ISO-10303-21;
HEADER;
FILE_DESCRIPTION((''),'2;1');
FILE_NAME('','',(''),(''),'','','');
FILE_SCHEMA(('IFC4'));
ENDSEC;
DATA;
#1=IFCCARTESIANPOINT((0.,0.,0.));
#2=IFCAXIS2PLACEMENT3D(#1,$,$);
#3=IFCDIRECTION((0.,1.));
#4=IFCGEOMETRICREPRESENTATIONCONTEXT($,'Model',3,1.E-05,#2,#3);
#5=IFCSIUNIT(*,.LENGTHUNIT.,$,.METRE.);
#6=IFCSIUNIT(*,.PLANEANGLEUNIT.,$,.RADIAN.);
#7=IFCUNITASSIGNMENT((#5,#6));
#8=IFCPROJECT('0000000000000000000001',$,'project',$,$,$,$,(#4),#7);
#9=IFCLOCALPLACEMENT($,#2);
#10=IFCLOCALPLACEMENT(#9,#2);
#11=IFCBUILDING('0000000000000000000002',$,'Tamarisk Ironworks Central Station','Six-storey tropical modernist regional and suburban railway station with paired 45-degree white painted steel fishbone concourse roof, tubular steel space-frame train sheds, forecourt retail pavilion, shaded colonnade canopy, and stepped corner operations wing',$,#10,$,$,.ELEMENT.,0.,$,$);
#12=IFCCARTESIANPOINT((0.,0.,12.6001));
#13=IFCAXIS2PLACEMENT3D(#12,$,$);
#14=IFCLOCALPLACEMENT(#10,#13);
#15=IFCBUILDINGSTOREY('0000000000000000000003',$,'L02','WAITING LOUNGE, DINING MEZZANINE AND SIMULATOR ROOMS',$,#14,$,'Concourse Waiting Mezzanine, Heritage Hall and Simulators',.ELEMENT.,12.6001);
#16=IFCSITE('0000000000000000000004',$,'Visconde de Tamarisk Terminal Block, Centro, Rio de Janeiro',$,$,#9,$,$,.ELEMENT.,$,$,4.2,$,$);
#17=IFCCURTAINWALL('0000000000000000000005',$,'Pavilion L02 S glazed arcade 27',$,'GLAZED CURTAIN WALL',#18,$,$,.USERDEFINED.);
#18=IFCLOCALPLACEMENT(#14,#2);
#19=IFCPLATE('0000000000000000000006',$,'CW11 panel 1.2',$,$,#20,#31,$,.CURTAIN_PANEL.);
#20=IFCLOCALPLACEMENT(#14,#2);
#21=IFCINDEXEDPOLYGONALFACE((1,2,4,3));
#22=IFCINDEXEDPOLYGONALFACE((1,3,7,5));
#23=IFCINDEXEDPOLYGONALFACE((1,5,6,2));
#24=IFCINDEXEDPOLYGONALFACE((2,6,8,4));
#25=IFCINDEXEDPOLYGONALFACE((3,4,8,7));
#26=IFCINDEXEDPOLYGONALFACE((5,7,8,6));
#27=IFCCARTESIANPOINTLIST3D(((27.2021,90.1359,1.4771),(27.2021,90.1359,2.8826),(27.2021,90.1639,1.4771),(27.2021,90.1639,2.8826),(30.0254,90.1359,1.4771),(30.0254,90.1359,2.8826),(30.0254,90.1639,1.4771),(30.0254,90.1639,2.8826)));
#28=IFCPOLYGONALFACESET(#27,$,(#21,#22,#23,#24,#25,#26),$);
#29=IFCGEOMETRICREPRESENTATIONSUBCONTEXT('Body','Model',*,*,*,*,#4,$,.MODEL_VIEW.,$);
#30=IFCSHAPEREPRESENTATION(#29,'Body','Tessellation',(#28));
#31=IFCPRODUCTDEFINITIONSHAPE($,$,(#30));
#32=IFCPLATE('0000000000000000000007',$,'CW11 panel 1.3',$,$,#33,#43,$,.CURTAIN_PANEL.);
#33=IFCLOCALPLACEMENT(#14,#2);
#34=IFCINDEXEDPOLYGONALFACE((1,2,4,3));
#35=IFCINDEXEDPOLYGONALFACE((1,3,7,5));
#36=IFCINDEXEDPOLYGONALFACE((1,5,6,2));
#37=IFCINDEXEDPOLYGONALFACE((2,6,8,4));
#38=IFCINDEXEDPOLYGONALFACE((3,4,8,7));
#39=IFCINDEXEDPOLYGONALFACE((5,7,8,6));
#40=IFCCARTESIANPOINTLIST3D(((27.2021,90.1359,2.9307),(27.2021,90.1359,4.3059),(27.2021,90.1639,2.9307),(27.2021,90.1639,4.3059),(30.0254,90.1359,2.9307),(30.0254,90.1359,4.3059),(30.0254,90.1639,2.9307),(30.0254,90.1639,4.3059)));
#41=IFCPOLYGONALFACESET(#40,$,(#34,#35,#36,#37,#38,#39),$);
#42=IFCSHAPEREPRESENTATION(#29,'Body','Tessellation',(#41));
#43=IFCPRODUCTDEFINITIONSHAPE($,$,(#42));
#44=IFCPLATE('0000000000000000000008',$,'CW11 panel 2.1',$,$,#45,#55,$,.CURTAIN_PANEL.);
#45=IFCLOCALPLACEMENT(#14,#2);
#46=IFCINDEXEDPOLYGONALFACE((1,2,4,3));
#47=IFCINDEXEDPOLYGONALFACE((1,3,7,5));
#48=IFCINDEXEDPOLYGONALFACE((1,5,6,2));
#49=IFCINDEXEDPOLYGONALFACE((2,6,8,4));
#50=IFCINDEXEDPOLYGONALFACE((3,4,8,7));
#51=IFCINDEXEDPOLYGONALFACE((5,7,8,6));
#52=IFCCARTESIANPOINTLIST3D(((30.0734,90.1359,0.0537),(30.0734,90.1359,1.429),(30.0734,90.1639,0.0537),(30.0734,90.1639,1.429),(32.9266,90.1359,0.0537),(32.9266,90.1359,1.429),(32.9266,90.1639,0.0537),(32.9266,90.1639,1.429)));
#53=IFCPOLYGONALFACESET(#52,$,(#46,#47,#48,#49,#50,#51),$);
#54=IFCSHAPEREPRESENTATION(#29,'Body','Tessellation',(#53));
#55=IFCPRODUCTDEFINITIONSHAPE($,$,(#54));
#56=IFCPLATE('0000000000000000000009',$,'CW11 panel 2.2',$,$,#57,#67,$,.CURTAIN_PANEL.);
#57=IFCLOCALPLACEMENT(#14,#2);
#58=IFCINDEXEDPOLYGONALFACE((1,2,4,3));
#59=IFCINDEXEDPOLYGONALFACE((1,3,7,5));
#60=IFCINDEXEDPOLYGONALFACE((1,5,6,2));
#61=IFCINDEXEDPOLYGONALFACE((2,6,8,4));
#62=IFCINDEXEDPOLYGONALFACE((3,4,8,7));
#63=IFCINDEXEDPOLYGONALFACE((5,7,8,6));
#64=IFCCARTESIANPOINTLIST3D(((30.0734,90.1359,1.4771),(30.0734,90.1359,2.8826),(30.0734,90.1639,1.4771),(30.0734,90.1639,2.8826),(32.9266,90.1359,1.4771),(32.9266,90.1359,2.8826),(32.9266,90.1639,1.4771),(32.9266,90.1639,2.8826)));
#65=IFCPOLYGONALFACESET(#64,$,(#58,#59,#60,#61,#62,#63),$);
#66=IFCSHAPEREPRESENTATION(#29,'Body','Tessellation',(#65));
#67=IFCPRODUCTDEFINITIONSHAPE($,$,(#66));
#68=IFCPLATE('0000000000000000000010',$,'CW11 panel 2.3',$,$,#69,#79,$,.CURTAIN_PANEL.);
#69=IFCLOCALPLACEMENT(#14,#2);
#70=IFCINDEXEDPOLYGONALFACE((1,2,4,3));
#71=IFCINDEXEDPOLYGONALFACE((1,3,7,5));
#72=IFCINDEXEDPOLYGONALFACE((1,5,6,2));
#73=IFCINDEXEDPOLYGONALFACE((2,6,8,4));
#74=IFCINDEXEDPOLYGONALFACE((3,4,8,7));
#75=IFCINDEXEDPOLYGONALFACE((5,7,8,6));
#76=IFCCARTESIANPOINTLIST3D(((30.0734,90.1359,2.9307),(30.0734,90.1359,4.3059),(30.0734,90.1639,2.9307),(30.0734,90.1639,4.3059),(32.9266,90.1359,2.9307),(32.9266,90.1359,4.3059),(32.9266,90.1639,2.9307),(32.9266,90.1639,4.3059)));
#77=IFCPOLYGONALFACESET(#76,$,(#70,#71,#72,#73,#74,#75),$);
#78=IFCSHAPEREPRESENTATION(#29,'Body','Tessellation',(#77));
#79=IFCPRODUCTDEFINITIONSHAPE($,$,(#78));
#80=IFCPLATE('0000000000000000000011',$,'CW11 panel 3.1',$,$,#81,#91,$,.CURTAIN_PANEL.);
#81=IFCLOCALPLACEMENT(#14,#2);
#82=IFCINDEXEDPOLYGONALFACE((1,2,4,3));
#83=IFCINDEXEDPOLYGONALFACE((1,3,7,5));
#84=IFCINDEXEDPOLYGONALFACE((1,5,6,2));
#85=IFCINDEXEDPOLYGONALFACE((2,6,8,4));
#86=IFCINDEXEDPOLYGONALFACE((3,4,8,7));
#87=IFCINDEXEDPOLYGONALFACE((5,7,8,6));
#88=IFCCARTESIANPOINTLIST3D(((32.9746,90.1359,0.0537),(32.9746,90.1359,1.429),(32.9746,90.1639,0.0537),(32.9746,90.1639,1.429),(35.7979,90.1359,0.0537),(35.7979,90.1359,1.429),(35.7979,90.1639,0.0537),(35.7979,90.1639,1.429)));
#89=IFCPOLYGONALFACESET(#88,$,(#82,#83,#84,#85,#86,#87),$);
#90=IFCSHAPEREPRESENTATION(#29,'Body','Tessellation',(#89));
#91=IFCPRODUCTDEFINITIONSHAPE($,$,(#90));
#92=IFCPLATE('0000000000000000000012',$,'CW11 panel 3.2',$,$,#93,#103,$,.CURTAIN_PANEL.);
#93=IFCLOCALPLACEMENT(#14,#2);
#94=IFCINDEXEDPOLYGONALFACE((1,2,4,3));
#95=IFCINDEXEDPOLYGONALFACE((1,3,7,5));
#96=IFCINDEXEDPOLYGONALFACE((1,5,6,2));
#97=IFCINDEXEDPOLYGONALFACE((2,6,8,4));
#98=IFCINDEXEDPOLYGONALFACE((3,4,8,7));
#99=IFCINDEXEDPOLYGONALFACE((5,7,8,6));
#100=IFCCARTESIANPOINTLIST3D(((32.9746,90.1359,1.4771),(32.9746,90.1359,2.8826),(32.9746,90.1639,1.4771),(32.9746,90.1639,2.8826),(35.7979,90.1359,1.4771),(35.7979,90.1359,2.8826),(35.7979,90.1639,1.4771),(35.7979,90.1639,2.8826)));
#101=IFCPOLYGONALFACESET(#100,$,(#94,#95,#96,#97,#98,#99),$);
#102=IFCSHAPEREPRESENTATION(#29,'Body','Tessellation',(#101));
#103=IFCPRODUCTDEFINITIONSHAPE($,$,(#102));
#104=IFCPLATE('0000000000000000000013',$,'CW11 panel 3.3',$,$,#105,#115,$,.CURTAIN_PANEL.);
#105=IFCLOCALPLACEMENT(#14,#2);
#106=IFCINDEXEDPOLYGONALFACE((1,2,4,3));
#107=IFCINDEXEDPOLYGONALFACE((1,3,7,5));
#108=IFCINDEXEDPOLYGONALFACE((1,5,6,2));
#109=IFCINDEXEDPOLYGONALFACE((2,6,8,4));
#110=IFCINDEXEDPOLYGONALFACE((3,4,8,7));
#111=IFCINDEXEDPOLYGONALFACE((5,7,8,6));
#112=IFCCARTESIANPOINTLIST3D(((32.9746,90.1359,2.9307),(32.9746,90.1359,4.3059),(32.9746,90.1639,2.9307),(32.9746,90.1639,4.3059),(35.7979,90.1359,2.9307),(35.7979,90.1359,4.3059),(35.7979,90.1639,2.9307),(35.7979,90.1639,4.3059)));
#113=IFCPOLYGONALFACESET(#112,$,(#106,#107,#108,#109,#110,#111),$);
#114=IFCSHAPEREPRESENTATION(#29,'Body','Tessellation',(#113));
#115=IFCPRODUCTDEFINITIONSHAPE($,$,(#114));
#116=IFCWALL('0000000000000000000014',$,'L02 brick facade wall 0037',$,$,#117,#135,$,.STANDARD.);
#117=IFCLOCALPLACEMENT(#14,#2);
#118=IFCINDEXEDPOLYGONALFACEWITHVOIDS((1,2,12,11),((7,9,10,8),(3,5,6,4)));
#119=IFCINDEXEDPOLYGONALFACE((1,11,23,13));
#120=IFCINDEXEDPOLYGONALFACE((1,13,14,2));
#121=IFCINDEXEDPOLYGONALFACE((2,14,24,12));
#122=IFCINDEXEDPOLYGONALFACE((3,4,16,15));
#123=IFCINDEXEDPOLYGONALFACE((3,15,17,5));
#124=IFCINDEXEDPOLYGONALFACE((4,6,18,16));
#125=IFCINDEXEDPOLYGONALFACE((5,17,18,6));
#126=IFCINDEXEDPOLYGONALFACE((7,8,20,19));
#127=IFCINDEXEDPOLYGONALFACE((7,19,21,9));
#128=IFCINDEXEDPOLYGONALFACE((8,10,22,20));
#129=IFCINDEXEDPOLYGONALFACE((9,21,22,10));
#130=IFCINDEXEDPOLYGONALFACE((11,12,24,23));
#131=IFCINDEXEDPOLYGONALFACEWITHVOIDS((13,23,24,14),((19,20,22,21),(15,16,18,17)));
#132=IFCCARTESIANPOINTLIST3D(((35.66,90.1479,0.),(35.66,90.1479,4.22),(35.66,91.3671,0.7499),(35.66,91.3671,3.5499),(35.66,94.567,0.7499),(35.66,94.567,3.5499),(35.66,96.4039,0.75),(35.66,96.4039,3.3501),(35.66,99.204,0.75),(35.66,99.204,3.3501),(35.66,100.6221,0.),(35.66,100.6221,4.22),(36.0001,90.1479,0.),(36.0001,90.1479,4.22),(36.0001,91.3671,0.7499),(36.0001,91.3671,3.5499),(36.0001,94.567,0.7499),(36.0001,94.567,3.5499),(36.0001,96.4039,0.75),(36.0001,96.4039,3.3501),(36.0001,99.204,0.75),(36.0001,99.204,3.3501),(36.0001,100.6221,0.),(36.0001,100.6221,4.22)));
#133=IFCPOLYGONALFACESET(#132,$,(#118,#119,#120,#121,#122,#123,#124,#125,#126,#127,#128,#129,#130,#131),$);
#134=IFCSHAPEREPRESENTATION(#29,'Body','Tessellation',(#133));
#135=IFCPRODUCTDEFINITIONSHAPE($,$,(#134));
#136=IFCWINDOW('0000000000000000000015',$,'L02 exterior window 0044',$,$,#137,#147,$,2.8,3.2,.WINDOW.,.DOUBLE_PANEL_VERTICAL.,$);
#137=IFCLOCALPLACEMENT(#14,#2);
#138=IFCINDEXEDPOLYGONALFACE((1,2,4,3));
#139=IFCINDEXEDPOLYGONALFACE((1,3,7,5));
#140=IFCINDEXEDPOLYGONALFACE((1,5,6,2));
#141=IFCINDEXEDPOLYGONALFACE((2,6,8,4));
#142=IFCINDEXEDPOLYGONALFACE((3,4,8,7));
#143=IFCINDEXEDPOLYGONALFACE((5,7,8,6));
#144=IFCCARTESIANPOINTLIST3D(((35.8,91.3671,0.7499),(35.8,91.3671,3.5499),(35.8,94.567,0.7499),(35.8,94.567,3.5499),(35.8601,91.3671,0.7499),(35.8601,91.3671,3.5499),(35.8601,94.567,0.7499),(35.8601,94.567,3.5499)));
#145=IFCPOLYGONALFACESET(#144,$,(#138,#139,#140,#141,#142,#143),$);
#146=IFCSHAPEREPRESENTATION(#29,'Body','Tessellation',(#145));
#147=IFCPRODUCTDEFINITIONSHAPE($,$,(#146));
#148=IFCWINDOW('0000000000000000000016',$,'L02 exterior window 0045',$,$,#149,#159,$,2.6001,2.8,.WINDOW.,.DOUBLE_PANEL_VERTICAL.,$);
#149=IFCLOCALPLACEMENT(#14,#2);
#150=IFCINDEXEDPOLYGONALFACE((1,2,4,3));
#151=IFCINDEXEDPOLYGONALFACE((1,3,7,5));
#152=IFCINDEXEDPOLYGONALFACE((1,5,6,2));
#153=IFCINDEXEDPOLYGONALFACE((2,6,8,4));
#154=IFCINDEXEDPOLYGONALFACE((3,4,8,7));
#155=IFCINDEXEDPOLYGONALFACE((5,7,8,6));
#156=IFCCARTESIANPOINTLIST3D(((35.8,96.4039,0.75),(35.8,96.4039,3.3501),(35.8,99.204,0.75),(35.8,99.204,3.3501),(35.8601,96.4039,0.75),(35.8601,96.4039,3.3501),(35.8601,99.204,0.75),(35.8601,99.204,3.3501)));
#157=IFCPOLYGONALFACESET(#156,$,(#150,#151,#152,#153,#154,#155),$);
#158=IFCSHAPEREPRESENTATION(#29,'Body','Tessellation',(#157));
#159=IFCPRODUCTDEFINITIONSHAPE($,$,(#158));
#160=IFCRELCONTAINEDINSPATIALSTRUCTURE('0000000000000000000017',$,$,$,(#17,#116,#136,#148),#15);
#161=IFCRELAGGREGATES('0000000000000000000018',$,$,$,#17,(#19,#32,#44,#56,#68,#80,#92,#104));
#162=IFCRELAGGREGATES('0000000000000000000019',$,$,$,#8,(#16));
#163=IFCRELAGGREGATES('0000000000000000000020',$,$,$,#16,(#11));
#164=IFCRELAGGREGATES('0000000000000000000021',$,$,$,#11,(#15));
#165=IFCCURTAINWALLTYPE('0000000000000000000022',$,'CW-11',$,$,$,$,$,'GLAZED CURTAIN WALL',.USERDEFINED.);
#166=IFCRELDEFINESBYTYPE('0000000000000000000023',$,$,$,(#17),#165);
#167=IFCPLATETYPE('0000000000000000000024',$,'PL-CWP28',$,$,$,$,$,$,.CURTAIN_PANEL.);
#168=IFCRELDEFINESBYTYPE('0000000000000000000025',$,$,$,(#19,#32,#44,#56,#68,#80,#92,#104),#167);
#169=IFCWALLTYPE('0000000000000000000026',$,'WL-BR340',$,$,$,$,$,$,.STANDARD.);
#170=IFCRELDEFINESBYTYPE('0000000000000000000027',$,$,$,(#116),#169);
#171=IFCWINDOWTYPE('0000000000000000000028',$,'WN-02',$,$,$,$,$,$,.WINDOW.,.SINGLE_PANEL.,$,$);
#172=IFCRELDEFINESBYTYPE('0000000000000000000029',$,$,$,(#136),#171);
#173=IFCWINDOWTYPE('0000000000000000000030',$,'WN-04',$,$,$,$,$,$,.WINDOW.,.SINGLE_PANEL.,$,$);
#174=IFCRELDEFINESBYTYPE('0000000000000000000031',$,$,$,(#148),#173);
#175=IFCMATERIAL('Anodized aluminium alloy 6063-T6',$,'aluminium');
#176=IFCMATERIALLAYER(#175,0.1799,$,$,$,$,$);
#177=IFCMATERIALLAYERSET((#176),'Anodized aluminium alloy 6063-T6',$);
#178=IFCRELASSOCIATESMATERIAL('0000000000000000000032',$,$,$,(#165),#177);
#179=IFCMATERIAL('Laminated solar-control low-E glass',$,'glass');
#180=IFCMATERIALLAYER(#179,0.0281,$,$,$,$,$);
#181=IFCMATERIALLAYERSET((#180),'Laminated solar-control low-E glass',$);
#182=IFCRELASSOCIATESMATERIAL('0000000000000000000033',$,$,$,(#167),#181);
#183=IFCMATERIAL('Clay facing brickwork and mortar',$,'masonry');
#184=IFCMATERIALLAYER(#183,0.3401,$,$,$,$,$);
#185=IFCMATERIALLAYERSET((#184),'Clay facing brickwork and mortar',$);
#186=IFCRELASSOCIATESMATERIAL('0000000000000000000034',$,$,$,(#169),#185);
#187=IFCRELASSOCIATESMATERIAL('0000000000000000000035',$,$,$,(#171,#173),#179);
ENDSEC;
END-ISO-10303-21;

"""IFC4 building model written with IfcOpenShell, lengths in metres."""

from ifc_helpers import new_model, si_unit, direction, frame, frame_2d, origin, origin_2d, place, context, subcontext, project, spatial, rectangle, extrude, material, layer, layer_set, type_object, element, fill, aggregate, save


model = new_model("IFC4")

# Units and contexts
model_context = context("Model", 3, precision=1e-05, world=origin(), true_north=direction((0.0, 1.0)))
body_context = subcontext(model_context, "Body", "Model", "MODEL_VIEW")
ifc_project = project(units=[si_unit("LENGTHUNIT", "METRE"), si_unit("PLANEANGLEUNIT", "RADIAN")], contexts=[model_context])

# Site, building, storey
site_placement = place(None, origin())
site = spatial("IfcSite", under=ifc_project, at=site_placement, Name="Visconde de Tamarisk Terminal Block, Centro, Rio de Janeiro", CompositionType="ELEMENT", RefElevation=4.2)
building_placement = place(site_placement, origin())
building = spatial("IfcBuilding", under=site, at=building_placement, Name="Tamarisk Ironworks Central Station", Description="Six-storey tropical modernist regional and suburban railway station with paired 45-degree white painted steel fishbone concourse roof, tubular steel space-frame train sheds, forecourt retail pavilion, shaded colonnade canopy, and stepped corner operations wing", CompositionType="ELEMENT", ElevationOfRefHeight=0.0)
storey_placement = place(building_placement, frame((0.0, 0.0, 12.6001)))
storey = spatial("IfcBuildingStorey", under=building, at=storey_placement, Name="L02", Description="WAITING LOUNGE, DINING MEZZANINE AND SIMULATOR ROOMS", LongName="Concourse Waiting Mezzanine, Heritage Hall and Simulators", CompositionType="ELEMENT", Elevation=12.6001)

# Curtain wall, plates
ifc_material_1 = material(Name="Anodized aluminium alloy 6063-T6", Category="aluminium")
ifc_layer_1 = layer(ifc_material_1, 0.1799)
ifc_layer_set_1 = layer_set([ifc_layer_1], Name="Anodized aluminium alloy 6063-T6")
curtain_wall_type = type_object("IfcCurtainWallType", Name="CW-11", ElementType="GLAZED CURTAIN WALL", PredefinedType="USERDEFINED", material=ifc_layer_set_1)
curtain_wall_placement = place(storey_placement, origin())
curtain_wall = element("IfcCurtainWall", 1, at=curtain_wall_placement, inside=storey, type_object=curtain_wall_type, Name="Pavilion L02 S glazed arcade 27", ObjectType="GLAZED CURTAIN WALL", PredefinedType="USERDEFINED")
ifc_material_2 = material(Name="Laminated solar-control low-E glass", Category="glass")
ifc_layer_2 = layer(ifc_material_2, 0.0281)
ifc_layer_set_2 = layer_set([ifc_layer_2], Name="Laminated solar-control low-E glass")
plate_type = type_object("IfcPlateType", Name="PL-CWP28", PredefinedType="CURTAIN_PANEL", material=ifc_layer_set_2)
plate_1_placement = place(storey_placement, frame((28.6138, 90.1499, 1.4771), z_axis=(0.0, 0.0, 1.0), x_axis=(1.0, 0.0, 0.0)))
plate_1 = element("IfcPlate", 2, at=plate_1_placement, type_object=plate_type, Name="CW11 panel 1.2", PredefinedType="CURTAIN_PANEL", context=body_context, shape_type="SweptSolid", body=[
    extrude(rectangle(XDim=2.8232, YDim=0.0281, at=origin_2d()), origin(), (0.0, 0.0, 1.0), 1.4055),
])
plate_2_placement = place(storey_placement, frame((28.6138, 90.1499, 2.9307), z_axis=(0.0, 0.0, 1.0), x_axis=(1.0, 0.0, 0.0)))
plate_2 = element("IfcPlate", 3, at=plate_2_placement, type_object=plate_type, Name="CW11 panel 1.3", PredefinedType="CURTAIN_PANEL", context=body_context, shape_type="SweptSolid", body=[
    extrude(rectangle(XDim=2.8232, YDim=0.0281, at=origin_2d()), origin(), (0.0, 0.0, 1.0), 1.3752),
])
plate_3_placement = place(storey_placement, frame((31.5, 90.1499, 0.0537), z_axis=(0.0, 0.0, 1.0), x_axis=(1.0, 0.0, 0.0)))
plate_3 = element("IfcPlate", 4, at=plate_3_placement, type_object=plate_type, Name="CW11 panel 2.1", PredefinedType="CURTAIN_PANEL", context=body_context, shape_type="SweptSolid", body=[
    extrude(rectangle(XDim=2.8533, YDim=0.0281, at=origin_2d()), origin(), (0.0, 0.0, 1.0), 1.3752),
])
plate_4_placement = place(storey_placement, frame((31.5, 90.1499, 1.4771), z_axis=(0.0, 0.0, 1.0), x_axis=(1.0, 0.0, 0.0)))
plate_4 = element("IfcPlate", 5, at=plate_4_placement, type_object=plate_type, Name="CW11 panel 2.2", PredefinedType="CURTAIN_PANEL", context=body_context, shape_type="SweptSolid", body=[
    extrude(rectangle(XDim=2.8533, YDim=0.0281, at=origin_2d()), origin(), (0.0, 0.0, 1.0), 1.4055),
])
plate_5_placement = place(storey_placement, frame((31.5, 90.1499, 2.9307), z_axis=(0.0, 0.0, 1.0), x_axis=(1.0, 0.0, 0.0)))
plate_5 = element("IfcPlate", 6, at=plate_5_placement, type_object=plate_type, Name="CW11 panel 2.3", PredefinedType="CURTAIN_PANEL", context=body_context, shape_type="SweptSolid", body=[
    extrude(rectangle(XDim=2.8533, YDim=0.0281, at=origin_2d()), origin(), (0.0, 0.0, 1.0), 1.3752),
])
plate_6_placement = place(storey_placement, frame((34.3862, 90.1499, 0.0537), z_axis=(0.0, 0.0, 1.0), x_axis=(1.0, 0.0, 0.0)))
plate_6 = element("IfcPlate", 7, at=plate_6_placement, type_object=plate_type, Name="CW11 panel 3.1", PredefinedType="CURTAIN_PANEL", context=body_context, shape_type="SweptSolid", body=[
    extrude(rectangle(XDim=2.8232, YDim=0.0281, at=origin_2d()), origin(), (0.0, 0.0, 1.0), 1.3752),
])
plate_7_placement = place(storey_placement, frame((34.3862, 90.1499, 1.4771), z_axis=(0.0, 0.0, 1.0), x_axis=(1.0, 0.0, 0.0)))
plate_7 = element("IfcPlate", 8, at=plate_7_placement, type_object=plate_type, Name="CW11 panel 3.2", PredefinedType="CURTAIN_PANEL", context=body_context, shape_type="SweptSolid", body=[
    extrude(rectangle(XDim=2.8232, YDim=0.0281, at=origin_2d()), origin(), (0.0, 0.0, 1.0), 1.4055),
])
plate_8_placement = place(storey_placement, frame((34.3862, 90.1499, 2.9307), z_axis=(0.0, 0.0, 1.0), x_axis=(1.0, 0.0, 0.0)))
plate_8 = element("IfcPlate", 9, at=plate_8_placement, type_object=plate_type, Name="CW11 panel 3.3", PredefinedType="CURTAIN_PANEL", context=body_context, shape_type="SweptSolid", body=[
    extrude(rectangle(XDim=2.8232, YDim=0.0281, at=origin_2d()), origin(), (0.0, 0.0, 1.0), 1.3752),
])
aggregate(curtain_wall, [plate_1, plate_2, plate_3, plate_4, plate_5, plate_6, plate_7, plate_8])

# Wall, openings, windows
ifc_material_3 = material(Name="Clay facing brickwork and mortar", Category="masonry")
ifc_layer_3 = layer(ifc_material_3, 0.3401)
ifc_layer_set_3 = layer_set([ifc_layer_3], Name="Clay facing brickwork and mortar")
wall_type_1 = type_object("IfcWallType", Name="WL-BR340", PredefinedType="STANDARD", material=ifc_layer_set_3)
wall_1_placement = place(storey_placement, frame((35.8301, 90.1479, 0.0), z_axis=(0.0, 0.0, 1.0), x_axis=(0.0, 1.0, 0.0)))
wall_1 = element("IfcWall", 10, at=wall_1_placement, inside=storey, type_object=wall_type_1, Name="L02 brick facade wall 0037", PredefinedType="STANDARD", context=body_context, shape_type="SweptSolid", body=[
    extrude(rectangle(XDim=10.4741, YDim=0.3401, at=frame_2d((5.2371, 0.0))), origin(), (0.0, 0.0, 1.0), 4.22),
])
opening_1_placement = place(wall_1_placement, frame((1.219, 0.0, 0.75)))
opening_1 = element("IfcOpeningElement", 11, at=opening_1_placement, cuts=wall_1, PredefinedType="OPENING", context=body_context, shape_type="SweptSolid", body=[
    extrude(rectangle(XDim=3.2, YDim=2.8, at=frame_2d((1.6001, 1.3999))), frame((0.0, 0.1821, 0.0), z_axis=(0.0, -1.0, 0.0), x_axis=(1.0, 0.0, 0.0)), (0.0, 0.0, 1.0), 0.364),
])
opening_2_placement = place(wall_1_placement, frame((6.2561, 0.0, 0.75)))
opening_2 = element("IfcOpeningElement", 12, at=opening_2_placement, cuts=wall_1, PredefinedType="OPENING", context=body_context, shape_type="SweptSolid", body=[
    extrude(rectangle(XDim=2.8, YDim=2.6001, at=frame_2d((1.3999, 1.3))), frame((0.0, 0.1821, 0.0), z_axis=(0.0, -1.0, 0.0), x_axis=(1.0, 0.0, 0.0)), (0.0, 0.0, 1.0), 0.364),
])
window_type_1 = type_object("IfcWindowType", Name="WN-02", PartitioningType="SINGLE_PANEL", PredefinedType="WINDOW", material=ifc_material_2)
window_1_placement = place(opening_1_placement, origin())
window_1 = element("IfcWindow", 13, at=window_1_placement, inside=storey, type_object=window_type_1, Name="L02 exterior window 0044", OverallHeight=2.8, OverallWidth=3.2, PartitioningType="DOUBLE_PANEL_VERTICAL", PredefinedType="WINDOW", context=body_context, shape_type="SweptSolid", body=[
    extrude(rectangle(XDim=3.2, YDim=2.8, at=frame_2d((1.6001, 1.3999))), frame((0.0, 0.03, 0.0), z_axis=(0.0, -1.0, 0.0), x_axis=(1.0, 0.0, 0.0)), (0.0, 0.0, 1.0), 0.0601),
])
fill(opening_1, window_1)
window_type_2 = type_object("IfcWindowType", Name="WN-04", PartitioningType="SINGLE_PANEL", PredefinedType="WINDOW", material=ifc_material_2)
window_2_placement = place(opening_2_placement, origin())
window_2 = element("IfcWindow", 14, at=window_2_placement, inside=storey, type_object=window_type_2, Name="L02 exterior window 0045", OverallHeight=2.6001, OverallWidth=2.8, PartitioningType="DOUBLE_PANEL_VERTICAL", PredefinedType="WINDOW", context=body_context, shape_type="SweptSolid", body=[
    extrude(rectangle(XDim=2.8, YDim=2.6001, at=frame_2d((1.3999, 1.3))), frame((0.0, 0.03, 0.0), z_axis=(0.0, -1.0, 0.0), x_axis=(1.0, 0.0, 0.0)), (0.0, 0.0, 1.0), 0.0601),
])
fill(opening_2, window_2)

save(model, "model.ifc")
